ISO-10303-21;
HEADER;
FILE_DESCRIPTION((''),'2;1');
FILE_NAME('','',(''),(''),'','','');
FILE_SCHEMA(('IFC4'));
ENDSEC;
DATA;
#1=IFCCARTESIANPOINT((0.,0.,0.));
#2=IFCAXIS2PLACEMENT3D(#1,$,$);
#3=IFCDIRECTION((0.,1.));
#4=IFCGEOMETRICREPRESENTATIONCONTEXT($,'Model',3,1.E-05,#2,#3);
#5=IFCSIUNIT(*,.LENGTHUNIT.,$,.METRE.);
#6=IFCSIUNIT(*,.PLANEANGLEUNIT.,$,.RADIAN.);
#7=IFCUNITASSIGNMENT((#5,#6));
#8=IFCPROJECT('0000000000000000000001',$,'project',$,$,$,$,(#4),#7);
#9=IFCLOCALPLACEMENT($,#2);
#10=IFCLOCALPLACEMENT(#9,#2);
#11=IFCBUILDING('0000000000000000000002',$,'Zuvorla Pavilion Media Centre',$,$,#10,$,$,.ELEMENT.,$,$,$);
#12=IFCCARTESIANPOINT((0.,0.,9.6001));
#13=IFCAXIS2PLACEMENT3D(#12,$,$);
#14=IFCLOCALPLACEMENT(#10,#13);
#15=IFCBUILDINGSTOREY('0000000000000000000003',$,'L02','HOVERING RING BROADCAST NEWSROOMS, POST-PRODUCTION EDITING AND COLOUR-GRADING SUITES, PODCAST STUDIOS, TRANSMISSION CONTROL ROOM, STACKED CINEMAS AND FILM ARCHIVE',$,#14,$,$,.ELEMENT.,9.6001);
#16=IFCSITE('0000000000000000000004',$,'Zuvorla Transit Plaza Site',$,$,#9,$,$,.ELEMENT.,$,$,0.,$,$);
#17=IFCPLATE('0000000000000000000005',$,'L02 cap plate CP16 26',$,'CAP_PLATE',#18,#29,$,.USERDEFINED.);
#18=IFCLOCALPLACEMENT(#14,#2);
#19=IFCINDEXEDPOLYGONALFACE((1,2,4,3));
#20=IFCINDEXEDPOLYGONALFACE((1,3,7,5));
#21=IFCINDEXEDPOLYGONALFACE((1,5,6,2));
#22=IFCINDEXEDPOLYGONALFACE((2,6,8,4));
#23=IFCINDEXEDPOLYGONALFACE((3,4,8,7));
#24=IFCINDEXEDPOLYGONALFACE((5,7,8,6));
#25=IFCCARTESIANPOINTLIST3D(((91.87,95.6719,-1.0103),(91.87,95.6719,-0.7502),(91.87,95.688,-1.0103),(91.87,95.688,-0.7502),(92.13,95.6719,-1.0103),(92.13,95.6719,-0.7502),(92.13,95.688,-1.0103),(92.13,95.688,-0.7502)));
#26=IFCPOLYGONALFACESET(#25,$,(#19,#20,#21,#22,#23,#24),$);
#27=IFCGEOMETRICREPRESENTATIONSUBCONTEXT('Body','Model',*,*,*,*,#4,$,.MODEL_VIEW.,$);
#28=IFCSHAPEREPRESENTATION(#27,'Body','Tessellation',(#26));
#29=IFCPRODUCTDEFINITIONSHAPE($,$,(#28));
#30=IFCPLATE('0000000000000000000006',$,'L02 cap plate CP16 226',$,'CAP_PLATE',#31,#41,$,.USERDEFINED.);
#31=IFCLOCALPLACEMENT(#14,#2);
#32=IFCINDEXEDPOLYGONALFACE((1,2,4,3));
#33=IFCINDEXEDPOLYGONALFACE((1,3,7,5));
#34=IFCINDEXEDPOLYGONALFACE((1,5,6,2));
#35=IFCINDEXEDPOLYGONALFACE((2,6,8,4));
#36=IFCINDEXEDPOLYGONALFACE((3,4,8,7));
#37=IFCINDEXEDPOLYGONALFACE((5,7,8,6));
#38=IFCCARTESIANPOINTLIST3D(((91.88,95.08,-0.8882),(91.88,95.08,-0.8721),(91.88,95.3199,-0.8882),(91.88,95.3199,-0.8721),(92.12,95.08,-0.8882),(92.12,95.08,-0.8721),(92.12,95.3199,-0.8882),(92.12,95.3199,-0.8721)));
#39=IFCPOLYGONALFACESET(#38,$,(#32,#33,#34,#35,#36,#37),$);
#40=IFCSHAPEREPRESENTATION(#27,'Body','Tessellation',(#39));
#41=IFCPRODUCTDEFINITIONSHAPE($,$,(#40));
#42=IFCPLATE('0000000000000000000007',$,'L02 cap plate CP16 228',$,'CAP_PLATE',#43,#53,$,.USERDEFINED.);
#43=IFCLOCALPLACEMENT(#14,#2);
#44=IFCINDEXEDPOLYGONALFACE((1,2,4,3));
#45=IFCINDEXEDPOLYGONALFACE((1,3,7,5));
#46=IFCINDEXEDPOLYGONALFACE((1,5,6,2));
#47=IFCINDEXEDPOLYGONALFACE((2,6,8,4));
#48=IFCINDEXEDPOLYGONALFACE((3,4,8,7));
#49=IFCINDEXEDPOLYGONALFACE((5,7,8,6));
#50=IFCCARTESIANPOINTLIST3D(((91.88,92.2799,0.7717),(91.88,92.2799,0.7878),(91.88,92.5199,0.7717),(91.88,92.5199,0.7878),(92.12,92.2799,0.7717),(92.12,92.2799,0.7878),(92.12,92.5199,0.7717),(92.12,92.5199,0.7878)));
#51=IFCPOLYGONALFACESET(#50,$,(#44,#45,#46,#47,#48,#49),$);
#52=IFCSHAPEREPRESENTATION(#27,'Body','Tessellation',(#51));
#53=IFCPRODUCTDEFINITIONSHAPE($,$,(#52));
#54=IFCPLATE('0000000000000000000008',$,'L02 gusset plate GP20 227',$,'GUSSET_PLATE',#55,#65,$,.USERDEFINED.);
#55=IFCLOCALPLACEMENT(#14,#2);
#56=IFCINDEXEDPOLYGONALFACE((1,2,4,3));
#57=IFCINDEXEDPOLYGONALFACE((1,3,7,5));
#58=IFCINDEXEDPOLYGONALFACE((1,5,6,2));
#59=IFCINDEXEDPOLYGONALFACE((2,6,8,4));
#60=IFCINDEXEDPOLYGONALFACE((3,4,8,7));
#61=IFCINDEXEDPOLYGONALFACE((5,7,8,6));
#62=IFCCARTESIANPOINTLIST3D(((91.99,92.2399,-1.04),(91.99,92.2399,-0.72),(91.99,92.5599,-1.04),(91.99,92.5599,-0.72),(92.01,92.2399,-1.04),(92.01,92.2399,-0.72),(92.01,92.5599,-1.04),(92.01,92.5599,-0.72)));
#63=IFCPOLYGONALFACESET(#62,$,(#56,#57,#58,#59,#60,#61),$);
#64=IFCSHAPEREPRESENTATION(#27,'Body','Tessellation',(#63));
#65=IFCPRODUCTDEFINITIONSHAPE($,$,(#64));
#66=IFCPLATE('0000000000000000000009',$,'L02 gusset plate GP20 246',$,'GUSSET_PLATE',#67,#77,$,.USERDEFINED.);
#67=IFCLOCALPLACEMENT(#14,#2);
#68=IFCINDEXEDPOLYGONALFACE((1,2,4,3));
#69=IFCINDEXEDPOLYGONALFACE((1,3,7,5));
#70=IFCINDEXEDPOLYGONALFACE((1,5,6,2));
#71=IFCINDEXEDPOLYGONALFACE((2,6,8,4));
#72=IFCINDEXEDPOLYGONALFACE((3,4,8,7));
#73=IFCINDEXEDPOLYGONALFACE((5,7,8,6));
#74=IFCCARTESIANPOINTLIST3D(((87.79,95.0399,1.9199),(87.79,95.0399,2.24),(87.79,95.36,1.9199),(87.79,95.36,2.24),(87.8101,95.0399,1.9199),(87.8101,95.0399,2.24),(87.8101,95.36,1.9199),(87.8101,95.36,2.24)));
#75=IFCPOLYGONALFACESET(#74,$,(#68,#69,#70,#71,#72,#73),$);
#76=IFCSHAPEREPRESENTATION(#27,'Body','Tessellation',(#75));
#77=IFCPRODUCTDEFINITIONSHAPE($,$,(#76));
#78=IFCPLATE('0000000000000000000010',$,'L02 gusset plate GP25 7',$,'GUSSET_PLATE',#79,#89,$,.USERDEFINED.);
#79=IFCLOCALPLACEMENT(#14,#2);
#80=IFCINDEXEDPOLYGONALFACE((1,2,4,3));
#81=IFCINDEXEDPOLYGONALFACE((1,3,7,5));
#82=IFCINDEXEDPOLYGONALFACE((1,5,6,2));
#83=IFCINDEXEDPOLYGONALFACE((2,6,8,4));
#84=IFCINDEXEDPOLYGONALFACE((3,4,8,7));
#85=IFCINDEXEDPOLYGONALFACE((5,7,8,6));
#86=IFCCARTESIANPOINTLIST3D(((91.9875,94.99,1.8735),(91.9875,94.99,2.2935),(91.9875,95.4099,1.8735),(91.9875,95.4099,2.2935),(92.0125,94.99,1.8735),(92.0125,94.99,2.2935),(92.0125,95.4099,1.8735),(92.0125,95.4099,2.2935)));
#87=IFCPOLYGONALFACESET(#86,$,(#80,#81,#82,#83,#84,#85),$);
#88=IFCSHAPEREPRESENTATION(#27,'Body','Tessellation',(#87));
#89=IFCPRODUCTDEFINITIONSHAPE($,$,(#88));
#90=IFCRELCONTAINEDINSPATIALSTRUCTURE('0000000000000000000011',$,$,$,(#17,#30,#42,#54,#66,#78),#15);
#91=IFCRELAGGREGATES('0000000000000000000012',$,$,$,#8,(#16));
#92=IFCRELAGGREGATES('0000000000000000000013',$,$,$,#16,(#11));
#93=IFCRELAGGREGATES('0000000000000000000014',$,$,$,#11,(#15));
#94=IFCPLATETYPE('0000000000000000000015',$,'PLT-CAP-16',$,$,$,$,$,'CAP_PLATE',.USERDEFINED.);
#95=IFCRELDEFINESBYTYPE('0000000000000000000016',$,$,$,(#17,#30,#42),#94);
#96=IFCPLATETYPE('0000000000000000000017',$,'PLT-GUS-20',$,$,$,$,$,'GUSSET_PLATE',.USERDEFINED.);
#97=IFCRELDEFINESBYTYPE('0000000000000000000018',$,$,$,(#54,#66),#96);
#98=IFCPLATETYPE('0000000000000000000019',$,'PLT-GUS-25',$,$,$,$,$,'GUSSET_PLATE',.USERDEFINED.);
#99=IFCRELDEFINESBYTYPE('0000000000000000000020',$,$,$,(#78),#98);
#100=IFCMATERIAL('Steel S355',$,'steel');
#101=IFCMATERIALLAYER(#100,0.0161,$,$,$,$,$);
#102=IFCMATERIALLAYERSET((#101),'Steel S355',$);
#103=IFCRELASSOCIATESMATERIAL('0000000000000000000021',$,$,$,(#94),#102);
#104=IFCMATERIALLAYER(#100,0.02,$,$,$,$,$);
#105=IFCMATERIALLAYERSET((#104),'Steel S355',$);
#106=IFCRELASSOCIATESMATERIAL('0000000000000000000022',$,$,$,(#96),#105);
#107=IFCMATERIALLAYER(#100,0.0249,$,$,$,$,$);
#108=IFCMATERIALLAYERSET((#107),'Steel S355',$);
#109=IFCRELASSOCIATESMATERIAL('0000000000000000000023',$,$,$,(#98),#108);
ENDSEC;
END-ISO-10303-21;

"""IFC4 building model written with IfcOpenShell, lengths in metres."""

from ifc_helpers import new_model, si_unit, direction, frame, origin, origin_2d, place, context, subcontext, project, spatial, rectangle, extrude, material, layer, layer_set, type_object, element, save


model = new_model("IFC4")

# Units and contexts
model_context = context("Model", 3, precision=1e-05, world=origin(), true_north=direction((0.0, 1.0)))
body_context = subcontext(model_context, "Body", "Model", "MODEL_VIEW")
ifc_project = project(units=[si_unit("LENGTHUNIT", "METRE"), si_unit("PLANEANGLEUNIT", "RADIAN")], contexts=[model_context])

# Site, building, storey
site_placement = place(None, origin())
site = spatial("IfcSite", under=ifc_project, at=site_placement, Name="Zuvorla Transit Plaza Site", CompositionType="ELEMENT", RefElevation=0.0)
building_placement = place(site_placement, origin())
building = spatial("IfcBuilding", under=site, at=building_placement, Name="Zuvorla Pavilion Media Centre", CompositionType="ELEMENT")
storey_placement = place(building_placement, frame((0.0, 0.0, 9.6001)))
storey = spatial("IfcBuildingStorey", under=building, at=storey_placement, Name="L02", Description="HOVERING RING BROADCAST NEWSROOMS, POST-PRODUCTION EDITING AND COLOUR-GRADING SUITES, PODCAST STUDIOS, TRANSMISSION CONTROL ROOM, STACKED CINEMAS AND FILM ARCHIVE", CompositionType="ELEMENT", Elevation=9.6001)

# Shared definitions
ifc_material_1 = material(Name="Steel S355", Category="steel")

# Plates
ifc_layer_1 = layer(ifc_material_1, 0.0161)
ifc_layer_set_1 = layer_set([ifc_layer_1], Name="Steel S355")
plate_type_1 = type_object("IfcPlateType", Name="PLT-CAP-16", ElementType="CAP_PLATE", PredefinedType="USERDEFINED", material=ifc_layer_set_1)
plate_1_placement = place(storey_placement, frame((92.0, 95.6799, -1.0103), z_axis=(0.0, 0.0, 1.0), x_axis=(1.0, 0.0, 0.0)))
element("IfcPlate", 1, at=plate_1_placement, inside=storey, type_object=plate_type_1, Name="L02 cap plate CP16 26", ObjectType="CAP_PLATE", PredefinedType="USERDEFINED", context=body_context, shape_type="SweptSolid", body=[
    extrude(rectangle(XDim=0.26, YDim=0.0161, at=origin_2d()), origin(), (0.0, 0.0, 1.0), 0.26),
])
for number, where, z_axis, x_axis, name in (
    (2, (92.0, 95.2, -0.8882), (0.0, 0.0, 1.0), (1.0, 0.0, 0.0), "L02 cap plate CP16 226"),
    (3, (92.0, 92.3999, 0.7717), (0.0, 0.0, 1.0), (1.0, 0.0, 0.0), "L02 cap plate CP16 228"),
):
    element("IfcPlate", number, at=place(storey_placement, frame(where, z_axis=z_axis, x_axis=x_axis)), inside=storey, type_object=plate_type_1, Name=name, ObjectType="CAP_PLATE", PredefinedType="USERDEFINED", context=body_context, shape_type="SweptSolid", body=[
        extrude(rectangle(XDim=0.24, YDim=0.24, at=origin_2d()), origin(), (0.0, 0.0, 1.0), 0.0161),
    ])
ifc_layer_2 = layer(ifc_material_1, 0.02)
ifc_layer_set_2 = layer_set([ifc_layer_2], Name="Steel S355")
plate_type_2 = type_object("IfcPlateType", Name="PLT-GUS-20", ElementType="GUSSET_PLATE", PredefinedType="USERDEFINED", material=ifc_layer_set_2)
for number, where, z_axis, x_axis, name in (
    (4, (92.0, 92.3999, -1.04), (0.0, 0.0, 1.0), (1.0, 0.0, 0.0), "L02 gusset plate GP20 227"),
    (5, (87.8, 95.2, 1.9199), (0.0, 0.0, 1.0), (1.0, 0.0, 0.0), "L02 gusset plate GP20 246"),
):
    element("IfcPlate", number, at=place(storey_placement, frame(where, z_axis=z_axis, x_axis=x_axis)), inside=storey, type_object=plate_type_2, Name=name, ObjectType="GUSSET_PLATE", PredefinedType="USERDEFINED", context=body_context, shape_type="SweptSolid", body=[
        extrude(rectangle(XDim=0.02, YDim=0.3201, at=origin_2d()), origin(), (0.0, 0.0, 1.0), 0.3201),
    ])
ifc_layer_3 = layer(ifc_material_1, 0.0249)
ifc_layer_set_3 = layer_set([ifc_layer_3], Name="Steel S355")
plate_type_3 = type_object("IfcPlateType", Name="PLT-GUS-25", ElementType="GUSSET_PLATE", PredefinedType="USERDEFINED", material=ifc_layer_set_3)
plate_2_placement = place(storey_placement, frame((92.0, 95.2, 1.8735), z_axis=(0.0, 0.0, 1.0), x_axis=(1.0, 0.0, 0.0)))
element("IfcPlate", 6, at=plate_2_placement, inside=storey, type_object=plate_type_3, Name="L02 gusset plate GP25 7", ObjectType="GUSSET_PLATE", PredefinedType="USERDEFINED", context=body_context, shape_type="SweptSolid", body=[
    extrude(rectangle(XDim=0.0249, YDim=0.4199, at=origin_2d()), origin(), (0.0, 0.0, 1.0), 0.4199),
])

save(model, "model.ifc")
